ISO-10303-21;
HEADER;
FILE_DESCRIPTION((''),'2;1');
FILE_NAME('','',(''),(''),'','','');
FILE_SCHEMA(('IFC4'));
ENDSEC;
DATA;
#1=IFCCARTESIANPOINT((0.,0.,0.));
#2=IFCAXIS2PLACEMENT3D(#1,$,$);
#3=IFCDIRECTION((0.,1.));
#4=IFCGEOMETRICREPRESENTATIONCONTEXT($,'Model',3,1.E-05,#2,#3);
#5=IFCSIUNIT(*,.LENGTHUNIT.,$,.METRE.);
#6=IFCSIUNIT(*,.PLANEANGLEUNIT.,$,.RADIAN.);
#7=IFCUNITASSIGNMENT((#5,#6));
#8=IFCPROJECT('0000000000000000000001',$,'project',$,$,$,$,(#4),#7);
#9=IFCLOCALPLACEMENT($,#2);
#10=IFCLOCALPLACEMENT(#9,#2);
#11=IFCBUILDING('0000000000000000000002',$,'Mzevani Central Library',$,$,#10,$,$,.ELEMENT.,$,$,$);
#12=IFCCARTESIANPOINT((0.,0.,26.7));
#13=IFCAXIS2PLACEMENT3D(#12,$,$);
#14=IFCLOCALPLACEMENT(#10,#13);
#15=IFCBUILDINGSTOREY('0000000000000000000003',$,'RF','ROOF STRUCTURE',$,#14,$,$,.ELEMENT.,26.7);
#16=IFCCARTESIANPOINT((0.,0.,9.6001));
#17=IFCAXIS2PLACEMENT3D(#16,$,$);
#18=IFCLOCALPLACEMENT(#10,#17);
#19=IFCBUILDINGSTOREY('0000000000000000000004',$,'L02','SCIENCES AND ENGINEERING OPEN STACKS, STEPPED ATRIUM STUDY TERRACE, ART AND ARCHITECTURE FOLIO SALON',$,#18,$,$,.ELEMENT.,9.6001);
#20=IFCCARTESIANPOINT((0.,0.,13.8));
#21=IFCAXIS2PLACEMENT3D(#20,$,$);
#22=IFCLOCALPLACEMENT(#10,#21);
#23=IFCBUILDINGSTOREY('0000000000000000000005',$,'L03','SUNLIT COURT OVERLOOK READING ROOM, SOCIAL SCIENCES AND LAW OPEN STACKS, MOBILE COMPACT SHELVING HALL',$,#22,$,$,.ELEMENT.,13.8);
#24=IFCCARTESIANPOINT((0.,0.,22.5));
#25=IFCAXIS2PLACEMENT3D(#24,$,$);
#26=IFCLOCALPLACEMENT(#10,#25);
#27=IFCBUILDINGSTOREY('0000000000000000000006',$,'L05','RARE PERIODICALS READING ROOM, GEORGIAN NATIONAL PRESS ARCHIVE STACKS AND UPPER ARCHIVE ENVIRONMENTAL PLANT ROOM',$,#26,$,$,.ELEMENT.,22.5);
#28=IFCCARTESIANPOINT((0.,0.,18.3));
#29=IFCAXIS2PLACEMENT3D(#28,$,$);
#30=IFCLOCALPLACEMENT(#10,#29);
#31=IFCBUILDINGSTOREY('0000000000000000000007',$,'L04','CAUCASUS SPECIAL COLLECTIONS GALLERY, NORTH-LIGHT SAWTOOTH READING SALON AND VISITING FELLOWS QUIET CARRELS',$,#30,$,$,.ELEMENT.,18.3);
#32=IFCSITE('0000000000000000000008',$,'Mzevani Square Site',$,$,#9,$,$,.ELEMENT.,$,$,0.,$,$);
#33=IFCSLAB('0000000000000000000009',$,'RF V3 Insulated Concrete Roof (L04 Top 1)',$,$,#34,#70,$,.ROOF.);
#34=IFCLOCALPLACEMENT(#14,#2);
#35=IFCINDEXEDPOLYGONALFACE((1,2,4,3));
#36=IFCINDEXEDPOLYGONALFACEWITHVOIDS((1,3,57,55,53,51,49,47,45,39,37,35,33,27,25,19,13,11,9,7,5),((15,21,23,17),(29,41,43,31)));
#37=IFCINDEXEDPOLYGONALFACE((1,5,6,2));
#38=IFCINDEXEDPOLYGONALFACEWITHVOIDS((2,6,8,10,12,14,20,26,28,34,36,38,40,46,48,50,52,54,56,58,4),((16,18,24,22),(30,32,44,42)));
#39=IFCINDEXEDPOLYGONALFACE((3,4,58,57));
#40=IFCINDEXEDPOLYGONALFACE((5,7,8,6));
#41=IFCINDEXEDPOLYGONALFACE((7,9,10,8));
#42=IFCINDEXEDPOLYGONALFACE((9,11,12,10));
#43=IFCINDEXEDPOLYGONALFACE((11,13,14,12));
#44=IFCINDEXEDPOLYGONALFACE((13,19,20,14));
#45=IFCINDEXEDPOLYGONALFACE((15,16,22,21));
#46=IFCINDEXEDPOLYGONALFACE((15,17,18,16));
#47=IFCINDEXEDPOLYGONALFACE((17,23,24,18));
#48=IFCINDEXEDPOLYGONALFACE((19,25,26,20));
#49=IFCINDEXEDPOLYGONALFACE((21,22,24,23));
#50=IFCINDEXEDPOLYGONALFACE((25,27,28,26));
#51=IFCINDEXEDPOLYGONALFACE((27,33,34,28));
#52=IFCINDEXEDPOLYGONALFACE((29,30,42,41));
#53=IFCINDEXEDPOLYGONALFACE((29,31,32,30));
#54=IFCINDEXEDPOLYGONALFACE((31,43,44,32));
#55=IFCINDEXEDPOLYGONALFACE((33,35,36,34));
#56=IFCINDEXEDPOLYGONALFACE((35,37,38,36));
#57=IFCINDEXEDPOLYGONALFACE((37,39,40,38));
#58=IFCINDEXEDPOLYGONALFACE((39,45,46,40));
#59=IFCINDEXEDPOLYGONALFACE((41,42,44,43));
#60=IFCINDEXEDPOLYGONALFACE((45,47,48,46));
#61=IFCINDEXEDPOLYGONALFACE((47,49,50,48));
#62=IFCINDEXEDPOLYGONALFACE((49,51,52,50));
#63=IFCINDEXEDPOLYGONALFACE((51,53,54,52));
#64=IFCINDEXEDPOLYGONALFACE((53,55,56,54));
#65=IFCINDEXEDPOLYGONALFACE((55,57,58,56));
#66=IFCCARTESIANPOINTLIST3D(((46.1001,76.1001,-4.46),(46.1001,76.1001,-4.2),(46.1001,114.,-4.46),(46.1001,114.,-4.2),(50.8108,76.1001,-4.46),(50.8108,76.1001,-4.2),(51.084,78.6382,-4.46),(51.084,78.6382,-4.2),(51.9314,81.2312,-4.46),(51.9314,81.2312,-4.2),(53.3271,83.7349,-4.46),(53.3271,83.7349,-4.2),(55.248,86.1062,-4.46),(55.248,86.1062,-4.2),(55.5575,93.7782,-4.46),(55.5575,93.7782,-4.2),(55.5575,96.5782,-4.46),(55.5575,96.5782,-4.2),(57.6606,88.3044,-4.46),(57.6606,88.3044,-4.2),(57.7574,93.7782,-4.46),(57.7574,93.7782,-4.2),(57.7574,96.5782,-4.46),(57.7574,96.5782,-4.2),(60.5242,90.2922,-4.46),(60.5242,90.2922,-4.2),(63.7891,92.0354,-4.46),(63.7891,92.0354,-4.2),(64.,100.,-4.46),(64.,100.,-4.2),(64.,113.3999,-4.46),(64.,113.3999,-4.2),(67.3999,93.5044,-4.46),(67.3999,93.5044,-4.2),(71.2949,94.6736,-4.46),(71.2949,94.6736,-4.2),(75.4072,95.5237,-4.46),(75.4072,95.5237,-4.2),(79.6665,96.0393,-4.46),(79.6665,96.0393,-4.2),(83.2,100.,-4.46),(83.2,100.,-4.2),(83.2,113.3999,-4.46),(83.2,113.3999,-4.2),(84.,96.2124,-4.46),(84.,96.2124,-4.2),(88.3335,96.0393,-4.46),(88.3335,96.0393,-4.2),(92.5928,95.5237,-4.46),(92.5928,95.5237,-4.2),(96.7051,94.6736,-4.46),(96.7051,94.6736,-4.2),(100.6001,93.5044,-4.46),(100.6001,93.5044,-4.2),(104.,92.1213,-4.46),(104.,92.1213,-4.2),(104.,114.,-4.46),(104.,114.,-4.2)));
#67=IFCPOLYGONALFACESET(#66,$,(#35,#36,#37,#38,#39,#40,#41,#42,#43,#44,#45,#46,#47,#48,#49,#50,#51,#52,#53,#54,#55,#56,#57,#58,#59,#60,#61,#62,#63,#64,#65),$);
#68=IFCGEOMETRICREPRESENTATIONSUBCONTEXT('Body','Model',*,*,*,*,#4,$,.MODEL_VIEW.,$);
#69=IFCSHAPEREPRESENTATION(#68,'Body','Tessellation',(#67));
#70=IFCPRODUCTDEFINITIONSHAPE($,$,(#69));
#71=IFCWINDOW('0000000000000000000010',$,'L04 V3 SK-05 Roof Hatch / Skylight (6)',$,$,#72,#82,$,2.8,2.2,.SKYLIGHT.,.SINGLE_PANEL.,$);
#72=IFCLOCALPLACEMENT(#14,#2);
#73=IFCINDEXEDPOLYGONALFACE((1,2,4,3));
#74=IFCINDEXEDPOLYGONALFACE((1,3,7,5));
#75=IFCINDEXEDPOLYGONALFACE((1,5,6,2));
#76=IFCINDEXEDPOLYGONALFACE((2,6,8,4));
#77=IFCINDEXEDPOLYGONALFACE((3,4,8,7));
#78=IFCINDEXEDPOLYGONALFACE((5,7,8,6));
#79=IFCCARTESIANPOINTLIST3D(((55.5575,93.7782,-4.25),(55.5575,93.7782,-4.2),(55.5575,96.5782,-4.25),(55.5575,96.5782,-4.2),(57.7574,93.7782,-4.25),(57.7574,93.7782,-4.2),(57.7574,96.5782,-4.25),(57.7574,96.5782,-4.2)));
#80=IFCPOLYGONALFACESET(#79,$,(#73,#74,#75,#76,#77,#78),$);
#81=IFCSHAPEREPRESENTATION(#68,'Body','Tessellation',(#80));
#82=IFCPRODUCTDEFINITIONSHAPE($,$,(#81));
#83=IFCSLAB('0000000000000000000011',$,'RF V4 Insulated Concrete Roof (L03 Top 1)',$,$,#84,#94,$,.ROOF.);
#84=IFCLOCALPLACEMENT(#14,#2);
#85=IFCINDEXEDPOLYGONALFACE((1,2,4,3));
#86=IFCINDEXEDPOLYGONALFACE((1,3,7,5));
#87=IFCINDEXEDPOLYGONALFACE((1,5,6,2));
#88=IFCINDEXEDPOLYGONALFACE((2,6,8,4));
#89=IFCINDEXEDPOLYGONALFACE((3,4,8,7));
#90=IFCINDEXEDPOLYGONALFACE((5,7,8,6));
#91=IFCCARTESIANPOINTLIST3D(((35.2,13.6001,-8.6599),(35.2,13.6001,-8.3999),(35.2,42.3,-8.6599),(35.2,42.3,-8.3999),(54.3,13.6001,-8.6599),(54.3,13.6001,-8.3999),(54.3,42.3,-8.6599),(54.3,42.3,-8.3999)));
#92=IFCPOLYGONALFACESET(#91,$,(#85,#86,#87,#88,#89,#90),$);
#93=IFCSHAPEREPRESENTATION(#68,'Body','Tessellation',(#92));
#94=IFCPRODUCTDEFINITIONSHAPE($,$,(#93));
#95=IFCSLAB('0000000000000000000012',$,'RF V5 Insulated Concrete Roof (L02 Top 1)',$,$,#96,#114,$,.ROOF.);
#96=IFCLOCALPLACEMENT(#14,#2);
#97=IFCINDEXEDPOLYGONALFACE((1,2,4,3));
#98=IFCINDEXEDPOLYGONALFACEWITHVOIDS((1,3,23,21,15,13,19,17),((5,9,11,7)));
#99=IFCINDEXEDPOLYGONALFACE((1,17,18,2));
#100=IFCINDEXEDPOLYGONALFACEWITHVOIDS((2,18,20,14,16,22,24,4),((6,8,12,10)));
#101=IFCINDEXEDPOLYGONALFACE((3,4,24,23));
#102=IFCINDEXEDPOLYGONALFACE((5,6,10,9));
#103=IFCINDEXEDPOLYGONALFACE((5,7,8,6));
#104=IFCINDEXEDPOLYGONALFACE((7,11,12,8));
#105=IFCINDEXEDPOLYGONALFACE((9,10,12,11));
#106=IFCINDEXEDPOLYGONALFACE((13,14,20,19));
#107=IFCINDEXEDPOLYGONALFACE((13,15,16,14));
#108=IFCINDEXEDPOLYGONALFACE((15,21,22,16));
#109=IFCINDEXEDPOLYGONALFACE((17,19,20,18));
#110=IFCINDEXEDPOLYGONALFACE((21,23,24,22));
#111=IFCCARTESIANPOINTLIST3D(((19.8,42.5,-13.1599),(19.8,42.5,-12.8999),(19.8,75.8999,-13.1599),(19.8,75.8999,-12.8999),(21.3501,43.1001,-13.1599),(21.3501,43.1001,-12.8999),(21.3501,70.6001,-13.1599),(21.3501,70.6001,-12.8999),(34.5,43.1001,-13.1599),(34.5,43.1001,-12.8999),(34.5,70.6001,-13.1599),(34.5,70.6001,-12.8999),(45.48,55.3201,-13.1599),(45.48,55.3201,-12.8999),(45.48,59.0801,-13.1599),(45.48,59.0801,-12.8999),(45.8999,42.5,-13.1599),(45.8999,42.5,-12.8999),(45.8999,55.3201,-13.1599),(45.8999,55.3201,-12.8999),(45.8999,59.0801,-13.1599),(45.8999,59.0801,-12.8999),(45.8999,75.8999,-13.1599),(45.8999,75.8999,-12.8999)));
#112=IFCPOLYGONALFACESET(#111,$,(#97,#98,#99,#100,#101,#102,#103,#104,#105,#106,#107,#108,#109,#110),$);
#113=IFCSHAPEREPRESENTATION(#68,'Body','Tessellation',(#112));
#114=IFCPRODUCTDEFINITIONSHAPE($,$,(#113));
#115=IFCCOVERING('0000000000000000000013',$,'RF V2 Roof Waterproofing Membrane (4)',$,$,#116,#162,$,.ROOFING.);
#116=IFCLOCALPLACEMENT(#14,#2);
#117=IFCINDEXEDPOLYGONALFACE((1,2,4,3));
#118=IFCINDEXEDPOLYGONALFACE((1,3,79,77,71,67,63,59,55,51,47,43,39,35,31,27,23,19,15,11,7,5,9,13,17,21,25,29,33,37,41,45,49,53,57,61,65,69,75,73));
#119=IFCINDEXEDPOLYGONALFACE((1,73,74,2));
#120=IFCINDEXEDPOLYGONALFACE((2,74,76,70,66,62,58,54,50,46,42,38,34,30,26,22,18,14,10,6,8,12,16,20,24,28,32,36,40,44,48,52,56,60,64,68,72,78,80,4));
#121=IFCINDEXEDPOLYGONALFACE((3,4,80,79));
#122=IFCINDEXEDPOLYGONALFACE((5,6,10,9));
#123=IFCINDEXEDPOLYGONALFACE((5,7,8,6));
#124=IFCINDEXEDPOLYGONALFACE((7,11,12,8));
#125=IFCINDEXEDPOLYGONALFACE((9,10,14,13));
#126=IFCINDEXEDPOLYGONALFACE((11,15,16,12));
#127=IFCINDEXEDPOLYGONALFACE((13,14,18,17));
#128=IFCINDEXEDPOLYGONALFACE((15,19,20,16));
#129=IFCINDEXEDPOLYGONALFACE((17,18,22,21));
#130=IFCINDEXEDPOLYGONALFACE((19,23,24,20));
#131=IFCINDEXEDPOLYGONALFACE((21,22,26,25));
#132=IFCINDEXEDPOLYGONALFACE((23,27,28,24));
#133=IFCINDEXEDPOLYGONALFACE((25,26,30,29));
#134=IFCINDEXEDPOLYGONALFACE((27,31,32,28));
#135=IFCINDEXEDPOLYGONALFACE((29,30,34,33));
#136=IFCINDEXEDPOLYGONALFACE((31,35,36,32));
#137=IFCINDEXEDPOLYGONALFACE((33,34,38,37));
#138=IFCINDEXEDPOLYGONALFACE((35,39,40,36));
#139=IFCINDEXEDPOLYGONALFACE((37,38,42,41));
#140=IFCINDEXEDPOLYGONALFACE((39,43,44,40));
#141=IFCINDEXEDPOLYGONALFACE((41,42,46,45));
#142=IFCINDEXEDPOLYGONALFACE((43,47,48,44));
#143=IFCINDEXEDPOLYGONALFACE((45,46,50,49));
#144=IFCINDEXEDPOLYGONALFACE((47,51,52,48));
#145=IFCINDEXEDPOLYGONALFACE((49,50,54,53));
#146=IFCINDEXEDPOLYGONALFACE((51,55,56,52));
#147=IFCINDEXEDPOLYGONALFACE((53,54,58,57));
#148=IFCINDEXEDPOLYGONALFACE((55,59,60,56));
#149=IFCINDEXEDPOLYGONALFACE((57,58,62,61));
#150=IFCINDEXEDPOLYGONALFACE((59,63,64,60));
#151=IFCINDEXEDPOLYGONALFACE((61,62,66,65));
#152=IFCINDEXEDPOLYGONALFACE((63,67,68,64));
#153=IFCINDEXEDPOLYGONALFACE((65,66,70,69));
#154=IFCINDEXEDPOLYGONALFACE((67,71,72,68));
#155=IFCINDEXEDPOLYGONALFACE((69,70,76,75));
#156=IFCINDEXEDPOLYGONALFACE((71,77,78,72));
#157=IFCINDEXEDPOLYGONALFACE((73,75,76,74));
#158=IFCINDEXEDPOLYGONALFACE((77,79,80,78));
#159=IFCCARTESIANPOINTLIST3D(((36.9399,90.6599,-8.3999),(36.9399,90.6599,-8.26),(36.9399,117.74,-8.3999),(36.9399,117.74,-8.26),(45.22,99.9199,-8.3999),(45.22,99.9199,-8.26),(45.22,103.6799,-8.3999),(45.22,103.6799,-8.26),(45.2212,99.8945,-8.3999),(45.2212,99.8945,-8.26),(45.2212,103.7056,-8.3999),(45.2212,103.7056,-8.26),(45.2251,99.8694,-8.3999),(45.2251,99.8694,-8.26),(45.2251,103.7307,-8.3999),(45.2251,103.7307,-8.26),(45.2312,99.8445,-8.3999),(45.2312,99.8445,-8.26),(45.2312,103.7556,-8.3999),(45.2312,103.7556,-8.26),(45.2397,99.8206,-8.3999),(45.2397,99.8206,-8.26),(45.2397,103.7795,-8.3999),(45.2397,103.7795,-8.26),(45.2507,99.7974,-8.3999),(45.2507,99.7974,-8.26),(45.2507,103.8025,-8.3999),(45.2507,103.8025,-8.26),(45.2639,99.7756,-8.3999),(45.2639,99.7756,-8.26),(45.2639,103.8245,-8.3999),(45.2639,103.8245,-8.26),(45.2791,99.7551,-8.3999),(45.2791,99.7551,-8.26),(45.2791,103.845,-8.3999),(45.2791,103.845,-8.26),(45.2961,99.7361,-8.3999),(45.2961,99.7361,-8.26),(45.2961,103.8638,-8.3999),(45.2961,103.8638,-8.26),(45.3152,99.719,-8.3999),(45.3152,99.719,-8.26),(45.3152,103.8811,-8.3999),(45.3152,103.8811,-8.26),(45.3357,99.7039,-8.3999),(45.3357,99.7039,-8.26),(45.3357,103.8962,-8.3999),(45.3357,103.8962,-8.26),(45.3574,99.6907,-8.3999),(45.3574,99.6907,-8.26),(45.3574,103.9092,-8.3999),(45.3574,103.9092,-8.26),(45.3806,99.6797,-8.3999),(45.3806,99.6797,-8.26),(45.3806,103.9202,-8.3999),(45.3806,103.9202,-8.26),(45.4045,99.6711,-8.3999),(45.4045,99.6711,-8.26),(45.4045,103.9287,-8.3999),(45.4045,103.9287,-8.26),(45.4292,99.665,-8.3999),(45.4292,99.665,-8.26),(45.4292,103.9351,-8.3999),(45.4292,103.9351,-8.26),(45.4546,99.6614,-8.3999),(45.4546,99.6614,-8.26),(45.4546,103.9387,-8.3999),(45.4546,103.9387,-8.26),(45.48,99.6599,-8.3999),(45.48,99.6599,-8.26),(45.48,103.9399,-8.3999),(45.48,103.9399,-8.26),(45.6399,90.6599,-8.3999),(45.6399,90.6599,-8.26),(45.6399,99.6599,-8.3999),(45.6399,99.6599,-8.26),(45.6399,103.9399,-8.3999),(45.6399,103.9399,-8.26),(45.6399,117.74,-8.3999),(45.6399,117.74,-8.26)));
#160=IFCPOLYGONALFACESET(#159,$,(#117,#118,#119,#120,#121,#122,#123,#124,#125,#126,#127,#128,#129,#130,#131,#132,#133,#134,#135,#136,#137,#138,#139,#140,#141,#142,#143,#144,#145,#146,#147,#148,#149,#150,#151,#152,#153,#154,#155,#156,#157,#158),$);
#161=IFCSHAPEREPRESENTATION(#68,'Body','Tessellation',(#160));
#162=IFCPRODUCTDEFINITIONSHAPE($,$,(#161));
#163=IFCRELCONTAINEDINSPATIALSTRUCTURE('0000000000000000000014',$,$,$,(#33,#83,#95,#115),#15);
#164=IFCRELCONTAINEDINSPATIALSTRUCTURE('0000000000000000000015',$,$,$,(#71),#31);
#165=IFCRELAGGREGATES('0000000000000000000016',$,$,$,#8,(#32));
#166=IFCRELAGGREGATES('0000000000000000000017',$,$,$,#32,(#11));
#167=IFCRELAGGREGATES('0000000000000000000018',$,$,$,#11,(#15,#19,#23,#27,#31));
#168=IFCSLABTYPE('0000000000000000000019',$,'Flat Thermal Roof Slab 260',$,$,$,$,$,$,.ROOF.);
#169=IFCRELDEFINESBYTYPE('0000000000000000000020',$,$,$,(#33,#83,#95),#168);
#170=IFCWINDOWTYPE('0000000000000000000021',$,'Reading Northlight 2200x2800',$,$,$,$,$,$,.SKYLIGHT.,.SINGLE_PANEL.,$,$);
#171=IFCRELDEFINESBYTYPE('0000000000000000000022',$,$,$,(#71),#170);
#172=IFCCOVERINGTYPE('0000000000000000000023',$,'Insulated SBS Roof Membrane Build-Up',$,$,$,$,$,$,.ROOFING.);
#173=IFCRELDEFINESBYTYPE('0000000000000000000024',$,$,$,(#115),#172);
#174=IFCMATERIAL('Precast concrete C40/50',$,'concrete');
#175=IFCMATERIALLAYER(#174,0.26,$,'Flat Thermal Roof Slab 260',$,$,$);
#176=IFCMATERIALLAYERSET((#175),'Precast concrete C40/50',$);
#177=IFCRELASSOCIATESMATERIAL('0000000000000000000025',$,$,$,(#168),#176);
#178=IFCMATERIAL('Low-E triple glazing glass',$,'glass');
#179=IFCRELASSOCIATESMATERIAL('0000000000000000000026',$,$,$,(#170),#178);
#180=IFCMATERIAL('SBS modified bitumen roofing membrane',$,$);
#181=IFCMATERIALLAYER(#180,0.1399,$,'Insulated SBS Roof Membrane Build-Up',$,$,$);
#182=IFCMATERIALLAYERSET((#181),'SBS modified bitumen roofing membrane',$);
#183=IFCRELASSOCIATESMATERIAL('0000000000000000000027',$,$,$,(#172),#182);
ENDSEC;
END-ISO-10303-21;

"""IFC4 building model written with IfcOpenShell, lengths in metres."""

from ifc_helpers import new_model, si_unit, direction, frame, origin, origin_2d, place, context, subcontext, project, spatial, polyline, rectangle, outline, extrude, material, layer, layer_set, type_object, element, fill, save


model = new_model("IFC4")

# Units and contexts
model_context = context("Model", 3, precision=1e-05, world=origin(), true_north=direction((0.0, 1.0)))
body_context = subcontext(model_context, "Body", "Model", "MODEL_VIEW")
ifc_project = project(units=[si_unit("LENGTHUNIT", "METRE"), si_unit("PLANEANGLEUNIT", "RADIAN")], contexts=[model_context])

# Site, building, storey
site_placement = place(None, origin())
site = spatial("IfcSite", under=ifc_project, at=site_placement, Name="Mzevani Square Site", CompositionType="ELEMENT", RefElevation=0.0)
building_placement = place(site_placement, origin())
building = spatial("IfcBuilding", under=site, at=building_placement, Name="Mzevani Central Library", CompositionType="ELEMENT")
storey_1_placement = place(building_placement, frame((0.0, 0.0, 26.7)))
storey_1 = spatial("IfcBuildingStorey", under=building, at=storey_1_placement, Name="RF", Description="ROOF STRUCTURE", CompositionType="ELEMENT", Elevation=26.7)

# Shared definitions
ifc_material_1 = material(Name="Precast concrete C40/50", Category="concrete")
ifc_layer_1 = layer(ifc_material_1, 0.26, Name="Flat Thermal Roof Slab 260")
ifc_layer_set_1 = layer_set([ifc_layer_1], Name="Precast concrete C40/50")
slab_type = type_object("IfcSlabType", Name="Flat Thermal Roof Slab 260", PredefinedType="ROOF", material=ifc_layer_set_1)

# Shared definitions
storey_2_placement = place(building_placement, frame((0.0, 0.0, 9.6001)))
storey_2 = spatial("IfcBuildingStorey", under=building, at=storey_2_placement, Name="L02", Description="SCIENCES AND ENGINEERING OPEN STACKS, STEPPED ATRIUM STUDY TERRACE, ART AND ARCHITECTURE FOLIO SALON", CompositionType="ELEMENT", Elevation=9.6001)

# Shared definitions
ifc_material_2 = material(Name="Low-E triple glazing glass", Category="glass")
window_type_1 = type_object("IfcWindowType", Name="Reading Northlight 2200x2800", PartitioningType="SINGLE_PANEL", PredefinedType="SKYLIGHT", material=ifc_material_2)

# Shared definitions
storey_3_placement = place(building_placement, frame((0.0, 0.0, 13.8)))
storey_3 = spatial("IfcBuildingStorey", under=building, at=storey_3_placement, Name="L03", Description="SUNLIT COURT OVERLOOK READING ROOM, SOCIAL SCIENCES AND LAW OPEN STACKS, MOBILE COMPACT SHELVING HALL", CompositionType="ELEMENT", Elevation=13.8)

# Shared definitions
storey_4_placement = place(building_placement, frame((0.0, 0.0, 22.5)))
storey_4 = spatial("IfcBuildingStorey", under=building, at=storey_4_placement, Name="L05", Description="RARE PERIODICALS READING ROOM, GEORGIAN NATIONAL PRESS ARCHIVE STACKS AND UPPER ARCHIVE ENVIRONMENTAL PLANT ROOM", CompositionType="ELEMENT", Elevation=22.5)

# Slab, opening
slab_1_placement = place(storey_1_placement, frame((0.0, 0.0, -4.46)))
slab_1 = element("IfcSlab", 1, at=slab_1_placement, inside=storey_1, type_object=slab_type, Name="RF V3 Insulated Concrete Roof (L04 Top 1)", PredefinedType="ROOF", context=body_context, shape_type="SweptSolid", body=[
    extrude(outline(polyline([(104.0, 114.0), (104.0, 92.1213), (100.6001, 93.5044), (96.7051, 94.6736), (92.5928, 95.5237), (88.3335, 96.0393), (84.0, 96.2124), (79.6665, 96.0393), (75.4072, 95.5237), (71.2949, 94.6736), (67.3999, 93.5044), (63.7891, 92.0354), (60.5242, 90.2922), (57.6606, 88.3044), (55.248, 86.1062), (53.3271, 83.7349), (51.9314, 81.2312), (51.084, 78.6382), (50.8108, 76.1001), (46.1001, 76.1001), (46.1001, 114.0), (104.0, 114.0)]), holes=[polyline([(83.2, 113.3999), (64.0, 113.3999), (64.0, 100.0), (83.2, 100.0), (83.2, 113.3999)])]), origin(), (0.0, 0.0, 1.0), 0.26),
])
opening_1_placement = place(slab_1_placement, frame((56.6575, 95.1782, 0.0)))
opening_1 = element("IfcOpeningElement", 2, at=opening_1_placement, cuts=slab_1, PredefinedType="OPENING", context=body_context, shape_type="SweptSolid", body=[
    extrude(rectangle(XDim=2.2, YDim=2.8, at=origin_2d()), origin(), (0.0, 0.0, 1.0), 0.26),
])

# Shared definitions
storey_5_placement = place(building_placement, frame((0.0, 0.0, 18.3)))
storey_5 = spatial("IfcBuildingStorey", under=building, at=storey_5_placement, Name="L04", Description="CAUCASUS SPECIAL COLLECTIONS GALLERY, NORTH-LIGHT SAWTOOTH READING SALON AND VISITING FELLOWS QUIET CARRELS", CompositionType="ELEMENT", Elevation=18.3)

# Window
window_1_placement = place(opening_1_placement, frame((0.0, 0.0, 0.21)))
window_1 = element("IfcWindow", 3, at=window_1_placement, inside=storey_5, type_object=window_type_1, Name="L04 V3 SK-05 Roof Hatch / Skylight (6)", OverallHeight=2.8, OverallWidth=2.2, PartitioningType="SINGLE_PANEL", PredefinedType="SKYLIGHT", context=body_context, shape_type="SweptSolid", body=[
    extrude(rectangle(XDim=2.2, YDim=2.8, at=origin_2d()), origin(), (0.0, 0.0, 1.0), 0.05),
])
fill(opening_1, window_1)

# Slabs
slab_2_placement = place(storey_1_placement, frame((0.0, 0.0, -8.6599)))
element("IfcSlab", 4, at=slab_2_placement, inside=storey_1, type_object=slab_type, Name="RF V4 Insulated Concrete Roof (L03 Top 1)", PredefinedType="ROOF", context=body_context, shape_type="SweptSolid", body=[
    extrude(outline(polyline([(35.2, 42.3), (54.3, 42.3), (54.3, 13.6001), (35.2, 13.6001), (35.2, 42.3)])), origin(), (0.0, 0.0, 1.0), 0.26),
])
slab_3_placement = place(storey_1_placement, frame((0.0, 0.0, -13.1599)))
element("IfcSlab", 5, at=slab_3_placement, inside=storey_1, type_object=slab_type, Name="RF V5 Insulated Concrete Roof (L02 Top 1)", PredefinedType="ROOF", context=body_context, shape_type="SweptSolid", body=[
    extrude(outline(polyline([(45.48, 55.3201), (45.8999, 55.3201), (45.8999, 42.5), (19.8, 42.5), (19.8, 75.8999), (45.8999, 75.8999), (45.8999, 59.0801), (45.48, 59.0801), (45.48, 55.3201)]), holes=[polyline([(34.5, 43.1001), (34.5, 70.6001), (21.3501, 70.6001), (21.3501, 43.1001), (34.5, 43.1001)])]), origin(), (0.0, 0.0, 1.0), 0.26),
])

# Covering
ifc_material_3 = material(Name="SBS modified bitumen roofing membrane")
ifc_layer_2 = layer(ifc_material_3, 0.1399, Name="Insulated SBS Roof Membrane Build-Up")
ifc_layer_set_2 = layer_set([ifc_layer_2], Name="SBS modified bitumen roofing membrane")
covering_type = type_object("IfcCoveringType", Name="Insulated SBS Roof Membrane Build-Up", PredefinedType="ROOFING", material=ifc_layer_set_2)
covering_1_placement = place(storey_1_placement, frame((0.0, 0.0, -8.3999)))
element("IfcCovering", 6, at=covering_1_placement, inside=storey_1, type_object=covering_type, Name="RF V2 Roof Waterproofing Membrane (4)", PredefinedType="ROOFING", context=body_context, shape_type="SweptSolid", body=[
    extrude(outline(polyline([(45.6399, 103.9399), (45.48, 103.9399), (45.4546, 103.9387), (45.4292, 103.9351), (45.4045, 103.9287), (45.3806, 103.9202), (45.3574, 103.9092), (45.3357, 103.8962), (45.3152, 103.8811), (45.2961, 103.8638), (45.2791, 103.845), (45.2639, 103.8245), (45.2507, 103.8025), (45.2397, 103.7795), (45.2312, 103.7556), (45.2251, 103.7307), (45.2212, 103.7056), (45.22, 103.6799), (45.22, 99.9199), (45.2212, 99.8945), (45.2251, 99.8694), (45.2312, 99.8445), (45.2397, 99.8206), (45.2507, 99.7974), (45.2639, 99.7756), (45.2791, 99.7551), (45.2961, 99.7361), (45.3152, 99.719), (45.3357, 99.7039), (45.3574, 99.6907), (45.3806, 99.6797), (45.4045, 99.6711), (45.4292, 99.665), (45.4546, 99.6614), (45.48, 99.6599), (45.6399, 99.6599), (45.6399, 90.6599), (36.9399, 90.6599), (36.9399, 117.74), (45.6399, 117.74), (45.6399, 103.9399)])), origin(), (0.0, 0.0, 1.0), 0.1399),
])

save(model, "model.ifc")
